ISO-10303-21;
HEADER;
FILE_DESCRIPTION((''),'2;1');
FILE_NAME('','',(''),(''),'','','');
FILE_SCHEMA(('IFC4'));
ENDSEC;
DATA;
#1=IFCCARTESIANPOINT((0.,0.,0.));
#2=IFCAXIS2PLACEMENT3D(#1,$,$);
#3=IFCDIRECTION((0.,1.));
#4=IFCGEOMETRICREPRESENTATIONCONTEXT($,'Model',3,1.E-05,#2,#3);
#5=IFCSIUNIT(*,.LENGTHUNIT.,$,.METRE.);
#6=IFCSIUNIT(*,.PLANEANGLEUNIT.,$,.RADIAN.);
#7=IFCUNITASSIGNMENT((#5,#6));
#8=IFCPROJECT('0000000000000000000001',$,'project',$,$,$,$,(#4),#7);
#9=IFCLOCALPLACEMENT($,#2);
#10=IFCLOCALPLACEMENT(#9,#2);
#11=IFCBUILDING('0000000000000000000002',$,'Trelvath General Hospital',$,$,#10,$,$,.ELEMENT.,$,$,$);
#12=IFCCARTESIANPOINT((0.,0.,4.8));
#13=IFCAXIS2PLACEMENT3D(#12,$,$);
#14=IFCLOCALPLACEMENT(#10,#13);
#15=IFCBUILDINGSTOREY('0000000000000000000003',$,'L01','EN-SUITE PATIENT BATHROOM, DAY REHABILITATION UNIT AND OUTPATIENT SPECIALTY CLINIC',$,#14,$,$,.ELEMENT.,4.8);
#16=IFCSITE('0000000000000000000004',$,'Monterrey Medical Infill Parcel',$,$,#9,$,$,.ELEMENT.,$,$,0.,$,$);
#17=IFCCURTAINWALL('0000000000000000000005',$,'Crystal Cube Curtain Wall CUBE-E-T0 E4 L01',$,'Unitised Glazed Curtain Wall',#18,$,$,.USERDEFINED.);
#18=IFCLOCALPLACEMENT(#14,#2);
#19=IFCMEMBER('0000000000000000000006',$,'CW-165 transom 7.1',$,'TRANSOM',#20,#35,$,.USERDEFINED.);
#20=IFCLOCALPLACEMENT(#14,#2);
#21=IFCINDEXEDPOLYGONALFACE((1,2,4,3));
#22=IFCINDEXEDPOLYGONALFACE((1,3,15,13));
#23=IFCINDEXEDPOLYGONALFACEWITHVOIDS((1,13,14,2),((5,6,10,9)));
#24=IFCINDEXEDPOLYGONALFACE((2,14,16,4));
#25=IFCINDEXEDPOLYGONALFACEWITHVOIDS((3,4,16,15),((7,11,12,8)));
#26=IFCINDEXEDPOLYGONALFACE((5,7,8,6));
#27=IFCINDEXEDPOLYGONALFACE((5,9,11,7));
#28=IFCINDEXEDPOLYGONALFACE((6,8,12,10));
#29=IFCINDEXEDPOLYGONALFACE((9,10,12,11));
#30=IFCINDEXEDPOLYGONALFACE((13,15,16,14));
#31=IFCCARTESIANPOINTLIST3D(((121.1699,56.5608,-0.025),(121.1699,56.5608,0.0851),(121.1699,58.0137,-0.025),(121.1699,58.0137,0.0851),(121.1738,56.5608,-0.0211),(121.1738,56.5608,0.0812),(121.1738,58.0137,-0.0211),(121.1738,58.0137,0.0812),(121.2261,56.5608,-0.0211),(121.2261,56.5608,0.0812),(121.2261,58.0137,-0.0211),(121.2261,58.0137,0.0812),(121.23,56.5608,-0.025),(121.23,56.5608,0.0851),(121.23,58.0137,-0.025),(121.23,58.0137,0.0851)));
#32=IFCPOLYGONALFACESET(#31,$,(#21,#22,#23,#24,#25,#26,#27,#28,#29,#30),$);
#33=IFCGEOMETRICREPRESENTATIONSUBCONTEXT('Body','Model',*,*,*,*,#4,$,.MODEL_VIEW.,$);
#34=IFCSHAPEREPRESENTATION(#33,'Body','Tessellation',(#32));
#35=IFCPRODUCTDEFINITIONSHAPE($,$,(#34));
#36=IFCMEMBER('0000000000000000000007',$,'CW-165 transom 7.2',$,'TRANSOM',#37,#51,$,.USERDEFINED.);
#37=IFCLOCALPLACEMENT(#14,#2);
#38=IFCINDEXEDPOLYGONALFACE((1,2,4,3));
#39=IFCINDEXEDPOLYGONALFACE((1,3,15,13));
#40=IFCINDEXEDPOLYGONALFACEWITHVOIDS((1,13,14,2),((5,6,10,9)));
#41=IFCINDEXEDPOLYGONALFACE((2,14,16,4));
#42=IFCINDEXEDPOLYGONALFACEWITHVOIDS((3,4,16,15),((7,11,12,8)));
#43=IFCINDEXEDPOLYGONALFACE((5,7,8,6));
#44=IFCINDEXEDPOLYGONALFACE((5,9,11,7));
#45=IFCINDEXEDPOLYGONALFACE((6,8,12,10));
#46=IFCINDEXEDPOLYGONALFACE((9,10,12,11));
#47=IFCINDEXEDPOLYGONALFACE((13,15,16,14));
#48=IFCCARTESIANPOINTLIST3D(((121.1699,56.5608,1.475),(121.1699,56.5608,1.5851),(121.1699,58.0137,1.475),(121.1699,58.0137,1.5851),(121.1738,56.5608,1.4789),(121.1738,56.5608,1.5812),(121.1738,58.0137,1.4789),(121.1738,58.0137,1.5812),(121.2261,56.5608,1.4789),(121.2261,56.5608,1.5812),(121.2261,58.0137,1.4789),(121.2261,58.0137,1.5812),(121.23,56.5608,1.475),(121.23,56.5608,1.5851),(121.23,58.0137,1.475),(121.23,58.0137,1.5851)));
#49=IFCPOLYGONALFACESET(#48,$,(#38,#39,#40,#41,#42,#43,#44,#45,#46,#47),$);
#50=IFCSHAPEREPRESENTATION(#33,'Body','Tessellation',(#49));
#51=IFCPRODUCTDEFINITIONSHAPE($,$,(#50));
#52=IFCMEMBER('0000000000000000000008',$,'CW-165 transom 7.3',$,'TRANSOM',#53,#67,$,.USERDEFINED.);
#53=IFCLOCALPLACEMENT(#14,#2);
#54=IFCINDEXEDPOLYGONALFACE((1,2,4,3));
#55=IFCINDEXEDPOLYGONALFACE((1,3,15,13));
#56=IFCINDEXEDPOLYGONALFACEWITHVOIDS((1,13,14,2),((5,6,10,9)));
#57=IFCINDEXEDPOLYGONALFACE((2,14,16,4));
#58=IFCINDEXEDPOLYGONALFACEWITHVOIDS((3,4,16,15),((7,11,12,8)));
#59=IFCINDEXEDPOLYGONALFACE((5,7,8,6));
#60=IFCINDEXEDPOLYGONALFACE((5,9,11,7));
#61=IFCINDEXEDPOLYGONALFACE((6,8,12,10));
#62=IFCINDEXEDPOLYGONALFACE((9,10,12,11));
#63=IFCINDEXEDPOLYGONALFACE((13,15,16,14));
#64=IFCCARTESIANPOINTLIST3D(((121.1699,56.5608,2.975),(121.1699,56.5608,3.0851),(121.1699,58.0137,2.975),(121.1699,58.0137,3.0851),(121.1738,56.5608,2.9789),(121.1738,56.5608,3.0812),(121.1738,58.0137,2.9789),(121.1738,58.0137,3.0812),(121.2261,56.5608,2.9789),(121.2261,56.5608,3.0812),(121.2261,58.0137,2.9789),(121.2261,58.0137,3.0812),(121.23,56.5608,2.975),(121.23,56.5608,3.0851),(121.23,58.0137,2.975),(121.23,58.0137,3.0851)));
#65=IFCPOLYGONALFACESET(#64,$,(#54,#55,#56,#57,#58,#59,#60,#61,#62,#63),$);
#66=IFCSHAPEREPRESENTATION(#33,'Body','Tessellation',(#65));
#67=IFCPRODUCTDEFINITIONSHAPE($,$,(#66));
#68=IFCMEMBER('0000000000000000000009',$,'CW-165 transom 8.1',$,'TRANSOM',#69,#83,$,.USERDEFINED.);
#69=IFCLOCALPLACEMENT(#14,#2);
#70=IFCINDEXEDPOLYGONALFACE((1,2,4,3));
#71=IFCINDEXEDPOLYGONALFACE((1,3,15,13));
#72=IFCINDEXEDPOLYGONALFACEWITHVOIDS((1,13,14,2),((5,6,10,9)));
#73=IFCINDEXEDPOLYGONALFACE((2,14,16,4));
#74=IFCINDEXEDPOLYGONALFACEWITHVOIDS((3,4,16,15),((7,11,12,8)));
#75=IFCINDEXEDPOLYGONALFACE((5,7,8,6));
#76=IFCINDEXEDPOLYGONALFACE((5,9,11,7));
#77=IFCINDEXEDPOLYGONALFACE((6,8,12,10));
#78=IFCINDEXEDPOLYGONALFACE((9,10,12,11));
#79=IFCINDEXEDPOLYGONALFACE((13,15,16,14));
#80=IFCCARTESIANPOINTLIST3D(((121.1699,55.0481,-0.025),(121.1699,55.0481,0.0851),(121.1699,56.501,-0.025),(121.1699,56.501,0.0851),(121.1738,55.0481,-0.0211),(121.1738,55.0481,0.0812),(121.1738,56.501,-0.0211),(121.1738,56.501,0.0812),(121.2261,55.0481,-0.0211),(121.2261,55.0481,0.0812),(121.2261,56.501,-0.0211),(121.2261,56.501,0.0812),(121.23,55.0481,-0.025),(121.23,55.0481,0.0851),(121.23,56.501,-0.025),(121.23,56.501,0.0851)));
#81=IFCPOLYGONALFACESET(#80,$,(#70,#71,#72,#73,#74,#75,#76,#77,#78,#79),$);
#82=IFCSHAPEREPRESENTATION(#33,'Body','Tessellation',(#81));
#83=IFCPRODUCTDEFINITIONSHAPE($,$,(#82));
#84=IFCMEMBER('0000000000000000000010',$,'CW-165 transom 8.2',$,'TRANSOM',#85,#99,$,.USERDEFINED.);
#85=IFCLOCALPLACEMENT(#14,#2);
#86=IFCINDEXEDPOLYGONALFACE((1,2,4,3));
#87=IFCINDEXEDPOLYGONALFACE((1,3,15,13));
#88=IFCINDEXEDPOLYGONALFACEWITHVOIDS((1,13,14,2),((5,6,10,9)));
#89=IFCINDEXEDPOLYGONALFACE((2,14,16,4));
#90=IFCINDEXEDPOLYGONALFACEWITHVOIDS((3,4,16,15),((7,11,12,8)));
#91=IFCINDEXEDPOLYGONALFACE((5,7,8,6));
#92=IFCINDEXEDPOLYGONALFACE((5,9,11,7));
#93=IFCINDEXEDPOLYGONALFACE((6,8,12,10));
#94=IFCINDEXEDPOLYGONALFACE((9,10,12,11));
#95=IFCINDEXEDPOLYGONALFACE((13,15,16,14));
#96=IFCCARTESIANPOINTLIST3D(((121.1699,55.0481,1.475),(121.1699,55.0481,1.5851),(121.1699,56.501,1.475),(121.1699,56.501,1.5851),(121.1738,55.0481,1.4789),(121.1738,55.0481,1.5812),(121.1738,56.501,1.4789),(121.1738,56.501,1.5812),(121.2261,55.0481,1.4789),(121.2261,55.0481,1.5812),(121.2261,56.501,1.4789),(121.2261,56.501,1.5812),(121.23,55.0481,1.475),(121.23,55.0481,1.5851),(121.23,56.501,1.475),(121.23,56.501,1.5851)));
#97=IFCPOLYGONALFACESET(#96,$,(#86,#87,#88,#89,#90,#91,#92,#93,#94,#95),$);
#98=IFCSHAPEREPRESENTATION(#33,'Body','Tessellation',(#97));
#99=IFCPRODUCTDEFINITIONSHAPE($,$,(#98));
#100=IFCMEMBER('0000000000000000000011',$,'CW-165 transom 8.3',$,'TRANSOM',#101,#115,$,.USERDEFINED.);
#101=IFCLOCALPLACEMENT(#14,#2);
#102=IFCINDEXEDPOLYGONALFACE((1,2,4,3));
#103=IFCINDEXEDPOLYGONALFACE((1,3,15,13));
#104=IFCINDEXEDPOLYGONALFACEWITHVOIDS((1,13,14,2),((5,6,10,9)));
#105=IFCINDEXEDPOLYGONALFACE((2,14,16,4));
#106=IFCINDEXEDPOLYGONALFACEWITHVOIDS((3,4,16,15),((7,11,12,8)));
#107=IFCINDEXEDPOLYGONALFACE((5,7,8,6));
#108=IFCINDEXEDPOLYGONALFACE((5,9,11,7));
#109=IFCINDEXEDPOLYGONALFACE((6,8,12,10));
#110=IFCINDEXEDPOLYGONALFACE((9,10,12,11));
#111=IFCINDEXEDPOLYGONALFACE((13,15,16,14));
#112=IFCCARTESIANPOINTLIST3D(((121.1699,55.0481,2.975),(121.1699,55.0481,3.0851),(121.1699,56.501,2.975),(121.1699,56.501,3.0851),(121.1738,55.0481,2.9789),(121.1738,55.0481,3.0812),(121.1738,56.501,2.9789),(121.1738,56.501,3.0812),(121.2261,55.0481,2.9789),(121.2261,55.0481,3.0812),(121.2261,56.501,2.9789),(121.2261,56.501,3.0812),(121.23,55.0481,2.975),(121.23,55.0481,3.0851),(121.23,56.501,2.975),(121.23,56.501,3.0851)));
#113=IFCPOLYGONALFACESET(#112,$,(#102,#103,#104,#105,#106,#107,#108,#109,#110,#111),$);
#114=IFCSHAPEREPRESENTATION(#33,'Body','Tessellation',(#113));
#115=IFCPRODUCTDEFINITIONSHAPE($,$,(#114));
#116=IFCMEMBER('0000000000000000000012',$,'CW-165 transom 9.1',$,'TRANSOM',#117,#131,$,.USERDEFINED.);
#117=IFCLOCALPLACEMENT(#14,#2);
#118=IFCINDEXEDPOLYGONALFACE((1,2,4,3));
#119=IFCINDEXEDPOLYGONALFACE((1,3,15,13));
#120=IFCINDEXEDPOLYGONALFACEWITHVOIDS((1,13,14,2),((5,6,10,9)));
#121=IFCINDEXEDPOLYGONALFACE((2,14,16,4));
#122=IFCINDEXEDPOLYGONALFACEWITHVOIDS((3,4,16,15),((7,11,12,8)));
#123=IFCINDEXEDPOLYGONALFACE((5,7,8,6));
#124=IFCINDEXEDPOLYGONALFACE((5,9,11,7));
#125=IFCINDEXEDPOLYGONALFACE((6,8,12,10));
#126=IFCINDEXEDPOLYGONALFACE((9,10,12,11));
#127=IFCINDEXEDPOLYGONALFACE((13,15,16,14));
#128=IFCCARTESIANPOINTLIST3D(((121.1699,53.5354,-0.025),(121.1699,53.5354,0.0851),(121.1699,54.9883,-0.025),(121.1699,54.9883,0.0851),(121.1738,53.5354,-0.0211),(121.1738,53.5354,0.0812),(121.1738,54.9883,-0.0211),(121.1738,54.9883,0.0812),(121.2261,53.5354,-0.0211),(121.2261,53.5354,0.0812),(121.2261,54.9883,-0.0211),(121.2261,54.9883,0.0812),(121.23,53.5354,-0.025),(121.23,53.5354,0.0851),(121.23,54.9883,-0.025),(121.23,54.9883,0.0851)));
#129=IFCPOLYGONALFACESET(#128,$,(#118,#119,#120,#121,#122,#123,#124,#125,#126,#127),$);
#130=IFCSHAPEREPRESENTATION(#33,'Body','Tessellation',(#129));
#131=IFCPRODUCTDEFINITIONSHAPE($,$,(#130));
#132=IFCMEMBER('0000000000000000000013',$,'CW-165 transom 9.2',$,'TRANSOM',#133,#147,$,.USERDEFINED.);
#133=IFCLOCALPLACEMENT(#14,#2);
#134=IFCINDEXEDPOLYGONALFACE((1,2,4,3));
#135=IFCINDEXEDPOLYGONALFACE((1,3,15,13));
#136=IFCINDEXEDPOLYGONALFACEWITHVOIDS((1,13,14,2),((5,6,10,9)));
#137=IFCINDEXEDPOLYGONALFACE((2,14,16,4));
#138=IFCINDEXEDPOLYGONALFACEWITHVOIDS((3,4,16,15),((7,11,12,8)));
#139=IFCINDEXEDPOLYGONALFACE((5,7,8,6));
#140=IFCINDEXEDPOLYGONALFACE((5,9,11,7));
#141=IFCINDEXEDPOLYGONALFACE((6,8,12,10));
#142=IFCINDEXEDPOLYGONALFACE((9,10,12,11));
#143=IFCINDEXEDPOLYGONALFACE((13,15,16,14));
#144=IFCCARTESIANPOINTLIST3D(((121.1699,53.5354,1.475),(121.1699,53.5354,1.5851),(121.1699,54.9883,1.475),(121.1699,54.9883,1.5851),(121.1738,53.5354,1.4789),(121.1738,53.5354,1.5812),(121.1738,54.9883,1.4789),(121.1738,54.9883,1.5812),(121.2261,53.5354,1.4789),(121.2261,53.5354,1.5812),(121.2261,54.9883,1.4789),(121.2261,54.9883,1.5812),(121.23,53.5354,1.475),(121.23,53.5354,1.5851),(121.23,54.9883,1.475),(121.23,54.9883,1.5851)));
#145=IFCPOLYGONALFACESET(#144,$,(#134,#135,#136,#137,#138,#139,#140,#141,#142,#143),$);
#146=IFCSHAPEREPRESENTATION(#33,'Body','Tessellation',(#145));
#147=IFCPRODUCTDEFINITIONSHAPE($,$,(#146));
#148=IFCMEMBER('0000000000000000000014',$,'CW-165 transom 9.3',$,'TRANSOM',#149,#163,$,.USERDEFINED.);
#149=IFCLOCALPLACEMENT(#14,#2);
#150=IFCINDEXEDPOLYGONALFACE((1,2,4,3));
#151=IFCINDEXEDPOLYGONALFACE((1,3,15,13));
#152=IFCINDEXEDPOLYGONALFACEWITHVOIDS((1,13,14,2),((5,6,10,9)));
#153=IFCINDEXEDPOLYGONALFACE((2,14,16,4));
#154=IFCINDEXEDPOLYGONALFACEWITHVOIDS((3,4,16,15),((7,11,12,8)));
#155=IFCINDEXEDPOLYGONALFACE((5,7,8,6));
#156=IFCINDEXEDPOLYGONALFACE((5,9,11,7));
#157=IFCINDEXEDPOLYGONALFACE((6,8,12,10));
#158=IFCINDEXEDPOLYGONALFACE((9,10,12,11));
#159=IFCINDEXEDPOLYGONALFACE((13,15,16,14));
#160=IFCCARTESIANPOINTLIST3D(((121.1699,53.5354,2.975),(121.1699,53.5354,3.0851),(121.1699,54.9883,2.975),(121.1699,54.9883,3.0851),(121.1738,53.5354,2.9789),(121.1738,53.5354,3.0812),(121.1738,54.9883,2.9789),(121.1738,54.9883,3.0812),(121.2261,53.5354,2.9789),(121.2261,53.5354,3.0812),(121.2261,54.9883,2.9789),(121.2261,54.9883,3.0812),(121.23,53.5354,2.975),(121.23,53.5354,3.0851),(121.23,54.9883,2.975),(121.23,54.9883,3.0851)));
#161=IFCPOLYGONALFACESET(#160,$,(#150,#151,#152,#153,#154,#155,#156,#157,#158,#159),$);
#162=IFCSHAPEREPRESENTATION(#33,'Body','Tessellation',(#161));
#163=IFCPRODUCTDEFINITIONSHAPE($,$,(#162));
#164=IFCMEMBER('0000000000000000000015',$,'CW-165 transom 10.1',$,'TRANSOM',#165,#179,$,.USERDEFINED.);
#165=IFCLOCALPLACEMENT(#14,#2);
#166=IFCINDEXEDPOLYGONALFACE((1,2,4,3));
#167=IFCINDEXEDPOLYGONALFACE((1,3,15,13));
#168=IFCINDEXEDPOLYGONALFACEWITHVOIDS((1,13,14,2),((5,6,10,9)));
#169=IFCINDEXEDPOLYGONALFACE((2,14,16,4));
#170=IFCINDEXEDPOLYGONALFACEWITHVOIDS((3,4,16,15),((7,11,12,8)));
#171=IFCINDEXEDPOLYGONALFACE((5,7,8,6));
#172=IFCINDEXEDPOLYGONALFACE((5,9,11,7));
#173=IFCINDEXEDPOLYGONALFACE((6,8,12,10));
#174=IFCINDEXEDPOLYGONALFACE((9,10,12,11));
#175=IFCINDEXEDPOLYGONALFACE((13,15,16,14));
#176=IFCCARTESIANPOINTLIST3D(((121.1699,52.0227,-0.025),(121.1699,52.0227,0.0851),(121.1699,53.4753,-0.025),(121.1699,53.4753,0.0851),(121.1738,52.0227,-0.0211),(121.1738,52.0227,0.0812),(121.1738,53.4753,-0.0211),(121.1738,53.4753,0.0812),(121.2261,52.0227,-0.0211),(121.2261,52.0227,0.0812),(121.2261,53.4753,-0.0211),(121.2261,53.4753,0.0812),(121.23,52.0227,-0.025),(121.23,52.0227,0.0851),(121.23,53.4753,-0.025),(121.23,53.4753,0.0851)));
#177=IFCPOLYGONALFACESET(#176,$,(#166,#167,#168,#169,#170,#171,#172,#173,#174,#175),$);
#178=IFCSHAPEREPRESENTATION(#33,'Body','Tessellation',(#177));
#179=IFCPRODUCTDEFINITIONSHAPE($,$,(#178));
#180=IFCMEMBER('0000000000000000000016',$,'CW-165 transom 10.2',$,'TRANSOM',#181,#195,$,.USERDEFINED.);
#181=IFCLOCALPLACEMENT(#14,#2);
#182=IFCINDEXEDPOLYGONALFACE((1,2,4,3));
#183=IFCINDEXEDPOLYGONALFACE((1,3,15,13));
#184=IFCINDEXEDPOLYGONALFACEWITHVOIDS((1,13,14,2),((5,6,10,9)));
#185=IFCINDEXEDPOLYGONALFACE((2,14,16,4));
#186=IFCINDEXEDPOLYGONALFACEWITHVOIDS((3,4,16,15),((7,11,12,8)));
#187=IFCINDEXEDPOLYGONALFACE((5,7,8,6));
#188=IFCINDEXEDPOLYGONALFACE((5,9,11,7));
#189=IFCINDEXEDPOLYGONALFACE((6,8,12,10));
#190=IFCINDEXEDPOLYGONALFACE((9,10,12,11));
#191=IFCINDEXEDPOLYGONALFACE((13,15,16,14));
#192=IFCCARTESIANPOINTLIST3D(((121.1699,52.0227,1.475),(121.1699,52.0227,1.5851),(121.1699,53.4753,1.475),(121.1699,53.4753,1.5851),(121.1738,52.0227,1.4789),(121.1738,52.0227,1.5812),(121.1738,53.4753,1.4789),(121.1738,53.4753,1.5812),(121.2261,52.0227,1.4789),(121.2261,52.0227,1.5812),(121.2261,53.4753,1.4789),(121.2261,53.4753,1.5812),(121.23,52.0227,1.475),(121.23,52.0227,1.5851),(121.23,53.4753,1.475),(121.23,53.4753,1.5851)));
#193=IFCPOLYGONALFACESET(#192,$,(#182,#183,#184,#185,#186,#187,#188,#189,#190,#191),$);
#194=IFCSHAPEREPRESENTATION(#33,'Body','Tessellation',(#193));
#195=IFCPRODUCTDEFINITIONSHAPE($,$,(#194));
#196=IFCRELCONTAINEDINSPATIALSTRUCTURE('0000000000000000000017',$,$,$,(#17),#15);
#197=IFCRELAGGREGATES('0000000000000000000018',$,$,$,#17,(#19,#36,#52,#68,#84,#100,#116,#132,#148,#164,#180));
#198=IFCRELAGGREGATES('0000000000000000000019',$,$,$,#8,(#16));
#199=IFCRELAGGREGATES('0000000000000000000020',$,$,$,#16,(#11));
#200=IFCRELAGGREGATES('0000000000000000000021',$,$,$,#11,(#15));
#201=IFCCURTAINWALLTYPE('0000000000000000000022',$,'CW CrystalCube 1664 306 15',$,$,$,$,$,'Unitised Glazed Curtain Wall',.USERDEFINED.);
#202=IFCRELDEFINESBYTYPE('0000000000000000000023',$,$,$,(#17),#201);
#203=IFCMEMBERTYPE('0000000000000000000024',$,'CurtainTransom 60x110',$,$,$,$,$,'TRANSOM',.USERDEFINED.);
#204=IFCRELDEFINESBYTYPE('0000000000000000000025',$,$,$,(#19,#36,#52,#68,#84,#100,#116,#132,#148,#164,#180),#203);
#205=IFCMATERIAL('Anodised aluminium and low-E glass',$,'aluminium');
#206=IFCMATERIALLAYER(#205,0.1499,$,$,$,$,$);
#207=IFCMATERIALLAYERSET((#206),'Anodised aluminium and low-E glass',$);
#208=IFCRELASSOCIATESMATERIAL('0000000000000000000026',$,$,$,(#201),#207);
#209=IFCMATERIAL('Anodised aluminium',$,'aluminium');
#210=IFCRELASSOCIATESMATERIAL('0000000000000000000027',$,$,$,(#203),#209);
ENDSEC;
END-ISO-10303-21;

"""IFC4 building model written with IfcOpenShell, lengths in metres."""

from ifc_helpers import new_model, si_unit, direction, frame, origin, origin_2d, place, context, subcontext, project, spatial, hollow_rectangle, extrude, material, layer, layer_set, material_profile, profile_set, type_object, element, aggregate, save


model = new_model("IFC4")

# Units and contexts
model_context = context("Model", 3, precision=1e-05, world=origin(), true_north=direction((0.0, 1.0)))
body_context = subcontext(model_context, "Body", "Model", "MODEL_VIEW")
ifc_project = project(units=[si_unit("LENGTHUNIT", "METRE"), si_unit("PLANEANGLEUNIT", "RADIAN")], contexts=[model_context])

# Site, building, storey
site_placement = place(None, origin())
site = spatial("IfcSite", under=ifc_project, at=site_placement, Name="Monterrey Medical Infill Parcel", CompositionType="ELEMENT", RefElevation=0.0)
building_placement = place(site_placement, origin())
building = spatial("IfcBuilding", under=site, at=building_placement, Name="Trelvath General Hospital", CompositionType="ELEMENT")
storey_placement = place(building_placement, frame((0.0, 0.0, 4.8)))
storey = spatial("IfcBuildingStorey", under=building, at=storey_placement, Name="L01", Description="EN-SUITE PATIENT BATHROOM, DAY REHABILITATION UNIT AND OUTPATIENT SPECIALTY CLINIC", CompositionType="ELEMENT", Elevation=4.8)

# Curtain wall, members
ifc_material_1 = material(Name="Anodised aluminium and low-E glass", Category="aluminium")
ifc_layer_1 = layer(ifc_material_1, 0.1499)
ifc_layer_set_1 = layer_set([ifc_layer_1], Name="Anodised aluminium and low-E glass")
curtain_wall_type = type_object("IfcCurtainWallType", Name="CW CrystalCube 1664 306 15", ElementType="Unitised Glazed Curtain Wall", PredefinedType="USERDEFINED", material=ifc_layer_set_1)
curtain_wall_placement = place(storey_placement, origin())
curtain_wall = element("IfcCurtainWall", 1, at=curtain_wall_placement, inside=storey, type_object=curtain_wall_type, Name="Crystal Cube Curtain Wall CUBE-E-T0 E4 L01", ObjectType="Unitised Glazed Curtain Wall", PredefinedType="USERDEFINED")
ifc_material_2 = material(Name="Anodised aluminium", Category="aluminium")
ifc_material_profile_1 = material_profile(ifc_material_2, hollow_rectangle(XDim=0.0601, YDim=0.1101, WallThickness=0.0039, at=origin_2d()), Name="RHS60x110x4")
ifc_profile_set_1 = profile_set([ifc_material_profile_1], Name="Anodised aluminium")
member_type_1 = type_object("IfcMemberType", Name="CurtainTransom 60x110", ElementType="TRANSOM", PredefinedType="USERDEFINED", material=ifc_profile_set_1)
member_1_placement = place(storey_placement, frame((121.2, 58.0137, 0.03), z_axis=(0.0, -1.0, 0.0), x_axis=(1.0, 0.0, 0.0)))
member_1 = element("IfcMember", 2, at=member_1_placement, type_object=member_type_1, Name="CW-165 transom 7.1", ObjectType="TRANSOM", PredefinedType="USERDEFINED", context=body_context, shape_type="SweptSolid", body=[
    extrude(hollow_rectangle(XDim=0.0601, YDim=0.1101, WallThickness=0.0039, at=origin_2d()), origin(), (0.0, 0.0, 1.0), 1.4529),
])
member_2_placement = place(storey_placement, frame((121.2, 58.0137, 1.53), z_axis=(0.0, -1.0, 0.0), x_axis=(1.0, 0.0, 0.0)))
member_2 = element("IfcMember", 3, at=member_2_placement, type_object=member_type_1, Name="CW-165 transom 7.2", ObjectType="TRANSOM", PredefinedType="USERDEFINED", context=body_context, shape_type="SweptSolid", body=[
    extrude(hollow_rectangle(XDim=0.0601, YDim=0.1101, WallThickness=0.0039, at=origin_2d()), origin(), (0.0, 0.0, 1.0), 1.4529),
])
member_3_placement = place(storey_placement, frame((121.2, 58.0137, 3.03), z_axis=(0.0, -1.0, 0.0), x_axis=(1.0, 0.0, 0.0)))
member_3 = element("IfcMember", 4, at=member_3_placement, type_object=member_type_1, Name="CW-165 transom 7.3", ObjectType="TRANSOM", PredefinedType="USERDEFINED", context=body_context, shape_type="SweptSolid", body=[
    extrude(hollow_rectangle(XDim=0.0601, YDim=0.1101, WallThickness=0.0039, at=origin_2d()), origin(), (0.0, 0.0, 1.0), 1.4529),
])
member_4_placement = place(storey_placement, frame((121.2, 56.501, 0.03), z_axis=(0.0, -1.0, 0.0), x_axis=(1.0, 0.0, 0.0)))
member_4 = element("IfcMember", 5, at=member_4_placement, type_object=member_type_1, Name="CW-165 transom 8.1", ObjectType="TRANSOM", PredefinedType="USERDEFINED", context=body_context, shape_type="SweptSolid", body=[
    extrude(hollow_rectangle(XDim=0.0601, YDim=0.1101, WallThickness=0.0039, at=origin_2d()), origin(), (0.0, 0.0, 1.0), 1.4529),
])
member_5_placement = place(storey_placement, frame((121.2, 56.501, 1.53), z_axis=(0.0, -1.0, 0.0), x_axis=(1.0, 0.0, 0.0)))
member_5 = element("IfcMember", 6, at=member_5_placement, type_object=member_type_1, Name="CW-165 transom 8.2", ObjectType="TRANSOM", PredefinedType="USERDEFINED", context=body_context, shape_type="SweptSolid", body=[
    extrude(hollow_rectangle(XDim=0.0601, YDim=0.1101, WallThickness=0.0039, at=origin_2d()), origin(), (0.0, 0.0, 1.0), 1.4529),
])
member_6_placement = place(storey_placement, frame((121.2, 56.501, 3.03), z_axis=(0.0, -1.0, 0.0), x_axis=(1.0, 0.0, 0.0)))
member_6 = element("IfcMember", 7, at=member_6_placement, type_object=member_type_1, Name="CW-165 transom 8.3", ObjectType="TRANSOM", PredefinedType="USERDEFINED", context=body_context, shape_type="SweptSolid", body=[
    extrude(hollow_rectangle(XDim=0.0601, YDim=0.1101, WallThickness=0.0039, at=origin_2d()), origin(), (0.0, 0.0, 1.0), 1.4529),
])
member_7_placement = place(storey_placement, frame((121.2, 54.9883, 0.03), z_axis=(0.0, -1.0, 0.0), x_axis=(1.0, 0.0, 0.0)))
member_7 = element("IfcMember", 8, at=member_7_placement, type_object=member_type_1, Name="CW-165 transom 9.1", ObjectType="TRANSOM", PredefinedType="USERDEFINED", context=body_context, shape_type="SweptSolid", body=[
    extrude(hollow_rectangle(XDim=0.0601, YDim=0.1101, WallThickness=0.0039, at=origin_2d()), origin(), (0.0, 0.0, 1.0), 1.4529),
])
member_8_placement = place(storey_placement, frame((121.2, 54.9883, 1.53), z_axis=(0.0, -1.0, 0.0), x_axis=(1.0, 0.0, 0.0)))
member_8 = element("IfcMember", 9, at=member_8_placement, type_object=member_type_1, Name="CW-165 transom 9.2", ObjectType="TRANSOM", PredefinedType="USERDEFINED", context=body_context, shape_type="SweptSolid", body=[
    extrude(hollow_rectangle(XDim=0.0601, YDim=0.1101, WallThickness=0.0039, at=origin_2d()), origin(), (0.0, 0.0, 1.0), 1.4529),
])
member_9_placement = place(storey_placement, frame((121.2, 54.9883, 3.03), z_axis=(0.0, -1.0, 0.0), x_axis=(1.0, 0.0, 0.0)))
member_9 = element("IfcMember", 10, at=member_9_placement, type_object=member_type_1, Name="CW-165 transom 9.3", ObjectType="TRANSOM", PredefinedType="USERDEFINED", context=body_context, shape_type="SweptSolid", body=[
    extrude(hollow_rectangle(XDim=0.0601, YDim=0.1101, WallThickness=0.0039, at=origin_2d()), origin(), (0.0, 0.0, 1.0), 1.4529),
])
member_10_placement = place(storey_placement, frame((121.2, 53.4753, 0.03), z_axis=(0.0, -1.0, 0.0), x_axis=(1.0, 0.0, 0.0)))
member_10 = element("IfcMember", 11, at=member_10_placement, type_object=member_type_1, Name="CW-165 transom 10.1", ObjectType="TRANSOM", PredefinedType="USERDEFINED", context=body_context, shape_type="SweptSolid", body=[
    extrude(hollow_rectangle(XDim=0.0601, YDim=0.1101, WallThickness=0.0039, at=origin_2d()), origin(), (0.0, 0.0, 1.0), 1.4526),
])
member_11_placement = place(storey_placement, frame((121.2, 53.4753, 1.53), z_axis=(0.0, -1.0, 0.0), x_axis=(1.0, 0.0, 0.0)))
member_11 = element("IfcMember", 12, at=member_11_placement, type_object=member_type_1, Name="CW-165 transom 10.2", ObjectType="TRANSOM", PredefinedType="USERDEFINED", context=body_context, shape_type="SweptSolid", body=[
    extrude(hollow_rectangle(XDim=0.0601, YDim=0.1101, WallThickness=0.0039, at=origin_2d()), origin(), (0.0, 0.0, 1.0), 1.4526),
])
aggregate(curtain_wall, [member_1, member_2, member_3, member_4, member_5, member_6, member_7, member_8, member_9, member_10, member_11])

save(model, "model.ifc")
